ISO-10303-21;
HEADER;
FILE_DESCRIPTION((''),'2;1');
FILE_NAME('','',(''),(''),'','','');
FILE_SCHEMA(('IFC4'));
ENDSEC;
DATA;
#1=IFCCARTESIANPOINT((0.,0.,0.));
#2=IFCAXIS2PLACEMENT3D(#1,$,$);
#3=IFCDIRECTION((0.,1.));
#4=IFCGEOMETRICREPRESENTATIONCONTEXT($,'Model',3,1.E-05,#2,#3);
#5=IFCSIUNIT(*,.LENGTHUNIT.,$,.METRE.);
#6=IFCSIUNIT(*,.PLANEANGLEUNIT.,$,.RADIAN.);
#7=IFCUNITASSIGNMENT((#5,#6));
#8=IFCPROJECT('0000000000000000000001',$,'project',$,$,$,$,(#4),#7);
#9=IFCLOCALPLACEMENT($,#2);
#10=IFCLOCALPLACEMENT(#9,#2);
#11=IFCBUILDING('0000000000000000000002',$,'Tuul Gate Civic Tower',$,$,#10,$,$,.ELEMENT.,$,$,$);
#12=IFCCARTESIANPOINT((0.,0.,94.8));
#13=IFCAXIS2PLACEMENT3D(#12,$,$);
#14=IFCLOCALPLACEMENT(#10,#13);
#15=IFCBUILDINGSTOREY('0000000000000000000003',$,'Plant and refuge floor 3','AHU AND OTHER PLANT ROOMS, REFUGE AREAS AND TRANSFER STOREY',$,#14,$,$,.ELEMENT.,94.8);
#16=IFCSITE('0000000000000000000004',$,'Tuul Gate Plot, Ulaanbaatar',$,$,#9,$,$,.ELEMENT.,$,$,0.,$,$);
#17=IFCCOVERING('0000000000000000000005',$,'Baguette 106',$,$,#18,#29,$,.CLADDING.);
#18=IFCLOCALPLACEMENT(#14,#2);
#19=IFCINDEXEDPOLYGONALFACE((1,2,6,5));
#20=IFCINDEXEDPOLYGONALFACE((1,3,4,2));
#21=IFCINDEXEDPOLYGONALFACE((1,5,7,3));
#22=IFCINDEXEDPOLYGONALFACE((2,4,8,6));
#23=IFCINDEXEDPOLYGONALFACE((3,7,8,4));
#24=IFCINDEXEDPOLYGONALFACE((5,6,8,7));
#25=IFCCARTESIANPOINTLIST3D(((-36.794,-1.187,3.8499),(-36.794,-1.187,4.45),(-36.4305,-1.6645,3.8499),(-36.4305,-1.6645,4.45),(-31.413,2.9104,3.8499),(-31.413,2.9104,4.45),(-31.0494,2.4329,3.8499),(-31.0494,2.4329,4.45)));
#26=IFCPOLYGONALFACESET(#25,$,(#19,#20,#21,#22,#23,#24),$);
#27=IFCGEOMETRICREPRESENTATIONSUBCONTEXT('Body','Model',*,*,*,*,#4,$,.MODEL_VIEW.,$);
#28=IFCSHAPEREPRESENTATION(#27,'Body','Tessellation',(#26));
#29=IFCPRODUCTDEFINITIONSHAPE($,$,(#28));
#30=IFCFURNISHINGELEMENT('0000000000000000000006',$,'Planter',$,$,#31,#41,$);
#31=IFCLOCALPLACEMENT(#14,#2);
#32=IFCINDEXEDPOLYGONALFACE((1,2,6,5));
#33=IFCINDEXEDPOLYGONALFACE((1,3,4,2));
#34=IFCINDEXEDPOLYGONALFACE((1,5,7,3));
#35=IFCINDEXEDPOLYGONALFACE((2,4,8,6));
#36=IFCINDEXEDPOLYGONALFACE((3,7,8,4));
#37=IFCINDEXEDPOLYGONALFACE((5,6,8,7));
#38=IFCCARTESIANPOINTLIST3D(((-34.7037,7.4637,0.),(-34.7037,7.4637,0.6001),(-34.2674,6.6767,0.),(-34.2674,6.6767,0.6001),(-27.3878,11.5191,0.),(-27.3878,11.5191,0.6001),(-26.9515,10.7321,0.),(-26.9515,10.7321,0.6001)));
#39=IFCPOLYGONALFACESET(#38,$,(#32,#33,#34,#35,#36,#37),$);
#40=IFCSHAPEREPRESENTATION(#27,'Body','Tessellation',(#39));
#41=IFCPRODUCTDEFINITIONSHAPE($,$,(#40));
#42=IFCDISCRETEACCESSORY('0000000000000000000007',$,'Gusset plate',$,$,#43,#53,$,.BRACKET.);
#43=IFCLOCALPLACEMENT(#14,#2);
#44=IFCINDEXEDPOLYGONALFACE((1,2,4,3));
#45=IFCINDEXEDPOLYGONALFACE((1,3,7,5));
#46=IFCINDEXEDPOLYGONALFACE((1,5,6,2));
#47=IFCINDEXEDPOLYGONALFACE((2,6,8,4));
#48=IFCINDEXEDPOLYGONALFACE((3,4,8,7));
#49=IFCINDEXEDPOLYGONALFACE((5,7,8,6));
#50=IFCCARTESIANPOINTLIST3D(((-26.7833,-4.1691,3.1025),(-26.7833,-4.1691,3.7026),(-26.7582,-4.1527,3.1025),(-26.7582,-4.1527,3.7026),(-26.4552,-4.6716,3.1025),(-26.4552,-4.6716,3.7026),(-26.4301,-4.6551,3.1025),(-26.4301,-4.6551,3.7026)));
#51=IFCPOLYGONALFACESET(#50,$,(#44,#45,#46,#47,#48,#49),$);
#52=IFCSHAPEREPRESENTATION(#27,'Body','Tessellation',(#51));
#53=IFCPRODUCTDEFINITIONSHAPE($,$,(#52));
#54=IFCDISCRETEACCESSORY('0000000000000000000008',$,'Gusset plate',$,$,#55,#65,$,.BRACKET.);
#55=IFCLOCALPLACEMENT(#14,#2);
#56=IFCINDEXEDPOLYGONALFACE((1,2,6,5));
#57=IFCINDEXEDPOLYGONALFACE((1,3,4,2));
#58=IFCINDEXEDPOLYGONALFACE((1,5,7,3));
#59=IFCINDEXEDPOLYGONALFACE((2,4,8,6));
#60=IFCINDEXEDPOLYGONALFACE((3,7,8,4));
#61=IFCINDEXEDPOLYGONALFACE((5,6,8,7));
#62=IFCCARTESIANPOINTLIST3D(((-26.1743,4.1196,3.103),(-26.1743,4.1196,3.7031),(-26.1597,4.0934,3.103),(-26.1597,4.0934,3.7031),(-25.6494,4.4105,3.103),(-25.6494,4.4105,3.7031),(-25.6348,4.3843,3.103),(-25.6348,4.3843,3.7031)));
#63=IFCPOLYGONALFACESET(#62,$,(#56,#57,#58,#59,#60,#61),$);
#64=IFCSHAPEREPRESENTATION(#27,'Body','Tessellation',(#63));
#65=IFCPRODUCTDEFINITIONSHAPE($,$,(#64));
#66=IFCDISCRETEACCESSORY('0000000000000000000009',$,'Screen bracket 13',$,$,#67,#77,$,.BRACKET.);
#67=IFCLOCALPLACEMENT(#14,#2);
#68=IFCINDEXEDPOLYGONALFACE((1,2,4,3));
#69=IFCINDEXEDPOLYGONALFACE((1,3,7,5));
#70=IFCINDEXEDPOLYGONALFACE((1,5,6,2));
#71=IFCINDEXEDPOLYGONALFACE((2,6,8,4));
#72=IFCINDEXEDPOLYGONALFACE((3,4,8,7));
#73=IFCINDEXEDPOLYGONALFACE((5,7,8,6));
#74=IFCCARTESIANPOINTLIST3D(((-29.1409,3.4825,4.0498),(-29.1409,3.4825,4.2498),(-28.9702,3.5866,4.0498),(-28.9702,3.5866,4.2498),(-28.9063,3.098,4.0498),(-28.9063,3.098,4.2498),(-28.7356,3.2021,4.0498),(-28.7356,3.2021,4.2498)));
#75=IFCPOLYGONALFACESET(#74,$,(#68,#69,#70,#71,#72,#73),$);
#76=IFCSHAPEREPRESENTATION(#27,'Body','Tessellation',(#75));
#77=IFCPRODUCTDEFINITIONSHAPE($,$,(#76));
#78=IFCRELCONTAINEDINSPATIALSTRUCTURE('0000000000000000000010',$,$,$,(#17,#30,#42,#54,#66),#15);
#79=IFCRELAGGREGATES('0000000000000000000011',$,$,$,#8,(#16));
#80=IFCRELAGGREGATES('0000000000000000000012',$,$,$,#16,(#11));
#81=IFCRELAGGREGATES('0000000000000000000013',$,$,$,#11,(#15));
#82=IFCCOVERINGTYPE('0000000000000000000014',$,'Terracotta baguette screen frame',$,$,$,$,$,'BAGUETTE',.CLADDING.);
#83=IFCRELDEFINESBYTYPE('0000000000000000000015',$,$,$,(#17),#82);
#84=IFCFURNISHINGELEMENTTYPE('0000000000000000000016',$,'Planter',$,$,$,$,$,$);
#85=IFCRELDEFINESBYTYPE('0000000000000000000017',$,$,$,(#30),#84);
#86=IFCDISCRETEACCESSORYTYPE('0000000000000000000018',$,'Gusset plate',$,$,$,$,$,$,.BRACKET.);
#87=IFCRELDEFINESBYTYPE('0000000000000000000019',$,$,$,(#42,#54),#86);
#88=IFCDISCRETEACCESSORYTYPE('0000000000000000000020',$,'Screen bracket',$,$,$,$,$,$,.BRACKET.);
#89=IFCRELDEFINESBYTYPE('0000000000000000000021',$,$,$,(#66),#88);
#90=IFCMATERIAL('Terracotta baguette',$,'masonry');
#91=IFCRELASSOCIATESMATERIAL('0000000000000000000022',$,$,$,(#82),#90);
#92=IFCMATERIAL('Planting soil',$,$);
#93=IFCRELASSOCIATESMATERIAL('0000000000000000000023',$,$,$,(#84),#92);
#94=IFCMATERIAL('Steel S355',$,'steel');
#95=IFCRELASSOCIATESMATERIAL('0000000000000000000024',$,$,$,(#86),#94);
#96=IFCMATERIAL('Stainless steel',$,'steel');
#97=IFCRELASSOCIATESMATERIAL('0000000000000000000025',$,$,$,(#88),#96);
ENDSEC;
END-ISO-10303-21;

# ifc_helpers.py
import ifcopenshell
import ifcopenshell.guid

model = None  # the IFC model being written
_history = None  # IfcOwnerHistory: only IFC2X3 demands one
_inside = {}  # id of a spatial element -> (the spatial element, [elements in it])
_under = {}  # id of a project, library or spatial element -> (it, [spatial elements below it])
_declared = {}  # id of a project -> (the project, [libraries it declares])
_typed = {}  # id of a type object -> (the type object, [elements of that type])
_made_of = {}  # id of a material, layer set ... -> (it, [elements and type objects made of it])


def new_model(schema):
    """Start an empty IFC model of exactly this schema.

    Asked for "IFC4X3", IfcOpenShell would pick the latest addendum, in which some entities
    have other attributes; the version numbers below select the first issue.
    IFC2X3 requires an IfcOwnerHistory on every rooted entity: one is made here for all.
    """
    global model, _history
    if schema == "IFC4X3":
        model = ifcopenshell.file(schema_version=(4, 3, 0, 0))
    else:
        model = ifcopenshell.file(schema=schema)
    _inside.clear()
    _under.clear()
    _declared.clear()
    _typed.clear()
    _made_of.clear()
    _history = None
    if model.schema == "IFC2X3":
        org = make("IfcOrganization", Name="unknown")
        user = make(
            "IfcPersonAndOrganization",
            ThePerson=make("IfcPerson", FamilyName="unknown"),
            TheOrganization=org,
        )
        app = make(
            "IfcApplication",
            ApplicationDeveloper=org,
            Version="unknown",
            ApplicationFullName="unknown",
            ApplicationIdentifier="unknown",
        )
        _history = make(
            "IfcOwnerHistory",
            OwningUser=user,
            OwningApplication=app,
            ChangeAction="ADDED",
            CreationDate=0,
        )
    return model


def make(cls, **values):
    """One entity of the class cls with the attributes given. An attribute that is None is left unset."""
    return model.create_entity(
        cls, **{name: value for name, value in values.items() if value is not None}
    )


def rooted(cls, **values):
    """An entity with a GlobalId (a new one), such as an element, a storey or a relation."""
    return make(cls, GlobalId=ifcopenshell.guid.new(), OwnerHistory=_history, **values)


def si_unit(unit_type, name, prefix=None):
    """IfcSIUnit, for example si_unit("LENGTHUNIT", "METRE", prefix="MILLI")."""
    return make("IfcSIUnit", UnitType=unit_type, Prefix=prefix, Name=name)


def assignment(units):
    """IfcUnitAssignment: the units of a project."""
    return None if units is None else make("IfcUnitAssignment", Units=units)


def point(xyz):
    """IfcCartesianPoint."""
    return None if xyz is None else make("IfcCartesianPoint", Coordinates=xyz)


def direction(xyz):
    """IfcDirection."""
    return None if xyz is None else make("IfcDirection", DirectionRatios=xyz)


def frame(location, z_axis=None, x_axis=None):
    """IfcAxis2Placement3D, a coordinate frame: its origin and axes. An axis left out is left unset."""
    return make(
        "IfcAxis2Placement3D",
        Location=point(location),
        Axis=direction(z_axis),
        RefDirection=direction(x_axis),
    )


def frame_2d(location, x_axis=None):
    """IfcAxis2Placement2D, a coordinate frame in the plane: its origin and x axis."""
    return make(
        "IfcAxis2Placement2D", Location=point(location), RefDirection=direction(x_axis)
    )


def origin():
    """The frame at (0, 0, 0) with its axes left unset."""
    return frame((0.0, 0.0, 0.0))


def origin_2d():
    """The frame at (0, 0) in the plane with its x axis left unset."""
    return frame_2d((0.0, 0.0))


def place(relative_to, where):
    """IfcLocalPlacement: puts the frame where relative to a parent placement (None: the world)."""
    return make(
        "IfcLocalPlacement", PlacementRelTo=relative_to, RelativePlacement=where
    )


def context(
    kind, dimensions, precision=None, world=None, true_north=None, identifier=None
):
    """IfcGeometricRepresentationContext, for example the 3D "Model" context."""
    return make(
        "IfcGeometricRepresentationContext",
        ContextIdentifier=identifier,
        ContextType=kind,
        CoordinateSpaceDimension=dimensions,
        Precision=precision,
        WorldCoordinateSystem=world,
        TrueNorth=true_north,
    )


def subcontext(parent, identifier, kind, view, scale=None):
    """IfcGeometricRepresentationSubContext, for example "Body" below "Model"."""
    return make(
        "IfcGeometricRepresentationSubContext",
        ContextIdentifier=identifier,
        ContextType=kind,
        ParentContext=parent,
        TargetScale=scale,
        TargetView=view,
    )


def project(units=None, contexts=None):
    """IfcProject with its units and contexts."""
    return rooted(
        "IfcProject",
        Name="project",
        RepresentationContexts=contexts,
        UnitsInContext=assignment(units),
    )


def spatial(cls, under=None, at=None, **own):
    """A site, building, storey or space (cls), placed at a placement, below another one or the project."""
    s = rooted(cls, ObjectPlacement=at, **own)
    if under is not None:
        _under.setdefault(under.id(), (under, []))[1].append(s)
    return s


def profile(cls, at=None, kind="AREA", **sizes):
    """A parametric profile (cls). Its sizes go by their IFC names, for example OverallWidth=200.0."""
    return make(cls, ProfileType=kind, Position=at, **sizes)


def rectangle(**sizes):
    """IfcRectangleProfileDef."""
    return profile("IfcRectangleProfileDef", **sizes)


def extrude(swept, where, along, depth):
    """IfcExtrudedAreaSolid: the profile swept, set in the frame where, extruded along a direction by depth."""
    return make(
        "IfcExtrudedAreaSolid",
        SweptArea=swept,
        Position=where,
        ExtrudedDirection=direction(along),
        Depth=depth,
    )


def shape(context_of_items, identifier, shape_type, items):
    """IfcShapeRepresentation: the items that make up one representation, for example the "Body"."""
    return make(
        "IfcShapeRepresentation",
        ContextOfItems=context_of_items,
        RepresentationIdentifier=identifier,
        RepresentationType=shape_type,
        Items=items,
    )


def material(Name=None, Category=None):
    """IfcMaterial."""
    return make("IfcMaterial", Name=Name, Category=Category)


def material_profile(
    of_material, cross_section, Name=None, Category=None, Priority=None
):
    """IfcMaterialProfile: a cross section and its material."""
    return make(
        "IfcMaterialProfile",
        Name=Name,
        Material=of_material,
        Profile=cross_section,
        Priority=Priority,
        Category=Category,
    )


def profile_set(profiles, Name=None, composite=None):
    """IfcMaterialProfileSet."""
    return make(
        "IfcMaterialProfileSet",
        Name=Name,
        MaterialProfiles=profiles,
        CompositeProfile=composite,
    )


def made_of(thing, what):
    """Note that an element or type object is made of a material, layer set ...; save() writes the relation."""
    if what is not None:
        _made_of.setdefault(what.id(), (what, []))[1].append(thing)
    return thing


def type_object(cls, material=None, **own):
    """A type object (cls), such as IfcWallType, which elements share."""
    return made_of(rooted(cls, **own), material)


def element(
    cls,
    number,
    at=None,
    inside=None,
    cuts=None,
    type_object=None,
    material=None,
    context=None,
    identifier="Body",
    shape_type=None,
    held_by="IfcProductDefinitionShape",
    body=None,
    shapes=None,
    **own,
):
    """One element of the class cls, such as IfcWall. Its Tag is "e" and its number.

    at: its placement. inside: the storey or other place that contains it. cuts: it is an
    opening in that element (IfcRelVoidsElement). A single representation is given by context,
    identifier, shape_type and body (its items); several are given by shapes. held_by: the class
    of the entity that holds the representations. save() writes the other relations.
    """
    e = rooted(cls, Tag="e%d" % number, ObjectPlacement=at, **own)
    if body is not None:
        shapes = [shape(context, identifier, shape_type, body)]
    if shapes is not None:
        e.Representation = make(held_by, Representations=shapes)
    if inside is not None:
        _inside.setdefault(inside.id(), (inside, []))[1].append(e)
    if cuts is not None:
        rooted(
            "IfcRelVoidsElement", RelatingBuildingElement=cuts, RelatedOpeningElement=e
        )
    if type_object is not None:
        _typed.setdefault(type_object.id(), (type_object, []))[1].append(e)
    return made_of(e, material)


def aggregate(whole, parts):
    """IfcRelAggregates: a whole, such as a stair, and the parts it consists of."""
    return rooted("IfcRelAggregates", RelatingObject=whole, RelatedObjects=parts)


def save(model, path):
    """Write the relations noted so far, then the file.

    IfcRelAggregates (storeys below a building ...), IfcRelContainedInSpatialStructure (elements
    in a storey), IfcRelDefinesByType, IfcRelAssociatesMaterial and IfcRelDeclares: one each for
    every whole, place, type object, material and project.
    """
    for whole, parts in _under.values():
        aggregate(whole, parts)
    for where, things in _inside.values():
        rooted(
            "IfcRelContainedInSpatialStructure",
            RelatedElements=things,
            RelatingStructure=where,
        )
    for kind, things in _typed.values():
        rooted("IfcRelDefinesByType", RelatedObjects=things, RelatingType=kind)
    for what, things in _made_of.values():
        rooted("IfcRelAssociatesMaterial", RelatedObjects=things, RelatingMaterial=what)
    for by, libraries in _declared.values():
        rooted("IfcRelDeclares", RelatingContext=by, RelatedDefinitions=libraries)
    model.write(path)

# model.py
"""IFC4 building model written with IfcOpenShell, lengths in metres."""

from ifc_helpers import new_model, si_unit, direction, frame, origin, origin_2d, place, context, subcontext, project, spatial, rectangle, extrude, material, material_profile, profile_set, type_object, element, save


model = new_model("IFC4")

# Units and contexts
model_context = context("Model", 3, precision=1e-05, world=origin(), true_north=direction((0.0, 1.0)))
body_context = subcontext(model_context, "Body", "Model", "MODEL_VIEW")
ifc_project = project(units=[si_unit("LENGTHUNIT", "METRE"), si_unit("PLANEANGLEUNIT", "RADIAN")], contexts=[model_context])

# Site, building, storey
site_placement = place(None, origin())
site = spatial("IfcSite", under=ifc_project, at=site_placement, Name="Tuul Gate Plot, Ulaanbaatar", CompositionType="ELEMENT", RefElevation=0.0)
building_placement = place(site_placement, origin())
building = spatial("IfcBuilding", under=site, at=building_placement, Name="Tuul Gate Civic Tower", CompositionType="ELEMENT")
storey_placement = place(building_placement, frame((0.0, 0.0, 94.8)))
storey = spatial("IfcBuildingStorey", under=building, at=storey_placement, Name="Plant and refuge floor 3", Description="AHU AND OTHER PLANT ROOMS, REFUGE AREAS AND TRANSFER STOREY", CompositionType="ELEMENT", Elevation=94.8)

# Covering
ifc_material_1 = material(Name="Terracotta baguette", Category="masonry")
ifc_material_profile_1 = material_profile(ifc_material_1, rectangle(XDim=0.6001, YDim=0.6001, at=origin_2d()), Name="Terracotta baguette screen frame")
ifc_profile_set_1 = profile_set([ifc_material_profile_1], Name="Terracotta baguette")
covering_type = type_object("IfcCoveringType", Name="Terracotta baguette screen frame", ElementType="BAGUETTE", PredefinedType="CLADDING", material=ifc_profile_set_1)
covering_1_placement = place(storey_placement, frame((-31.2312, 2.6716, 4.1499), z_axis=(-0.795608, -0.605812, 0.0), x_axis=(0.605812, -0.795608, 0.0)))
element("IfcCovering", 1, at=covering_1_placement, inside=storey, type_object=covering_type, Name="Baguette 106", PredefinedType="CLADDING", context=body_context, shape_type="SweptSolid", body=[
    extrude(rectangle(XDim=0.6001, YDim=0.6001, at=origin_2d()), origin(), (0.0, 0.0, 1.0), 6.7634),
])

# Furnishing element
ifc_material_2 = material(Name="Planting soil")
furnishing_element_type = type_object("IfcFurnishingElementType", Name="Planter", material=ifc_material_2)
furnishing_placement = place(storey_placement, frame((-30.8276, 9.0979, 0.0), z_axis=(0.0, 0.0, 1.0), x_axis=(-0.874613, -0.484822, 0.0)))
element("IfcFurnishingElement", 2, at=furnishing_placement, inside=storey, type_object=furnishing_element_type, Name="Planter", context=body_context, shape_type="SweptSolid", body=[
    extrude(rectangle(XDim=8.3647, YDim=0.8999, at=origin_2d()), origin(), (0.0, 0.0, 1.0), 0.6001),
])

# Discrete accessories
ifc_material_3 = material(Name="Steel S355", Category="steel")
discrete_accessory_type_1 = type_object("IfcDiscreteAccessoryType", Name="Gusset plate", PredefinedType="BRACKET", material=ifc_material_3)
for number, where, z_axis, x_axis, name in (
    (3, (-26.6067, -4.4121, 3.1025), (0.0, 0.0, 1.0), (-0.546722, 0.837314, 0.0), "Gusset plate"),
    (4, (-25.9045, 4.252, 3.103), (0.0, 0.0, 1.0), (0.874647, 0.48476, 0.0), "Gusset plate"),
):
    element("IfcDiscreteAccessory", number, at=place(storey_placement, frame(where, z_axis=z_axis, x_axis=x_axis)), inside=storey, type_object=discrete_accessory_type_1, Name=name, PredefinedType="BRACKET", context=body_context, shape_type="SweptSolid", body=[
        extrude(rectangle(XDim=0.6001, YDim=0.03, at=origin_2d()), origin(), (0.0, 0.0, 1.0), 0.6001),
    ])
ifc_material_4 = material(Name="Stainless steel", Category="steel")
discrete_accessory_type_2 = type_object("IfcDiscreteAccessoryType", Name="Screen bracket", PredefinedType="BRACKET", material=ifc_material_4)
discrete_accessory_placement = place(storey_placement, frame((-28.9382, 3.3423, 4.0498), z_axis=(0.0, 0.0, 1.0), x_axis=(-0.520758, 0.853704, 0.0)))
element("IfcDiscreteAccessory", 5, at=discrete_accessory_placement, inside=storey, type_object=discrete_accessory_type_2, Name="Screen bracket 13", PredefinedType="BRACKET", context=body_context, shape_type="SweptSolid", body=[
    extrude(rectangle(XDim=0.4504, YDim=0.2, at=origin_2d()), origin(), (0.0, 0.0, 1.0), 0.2),
])

save(model, "model.ifc")
